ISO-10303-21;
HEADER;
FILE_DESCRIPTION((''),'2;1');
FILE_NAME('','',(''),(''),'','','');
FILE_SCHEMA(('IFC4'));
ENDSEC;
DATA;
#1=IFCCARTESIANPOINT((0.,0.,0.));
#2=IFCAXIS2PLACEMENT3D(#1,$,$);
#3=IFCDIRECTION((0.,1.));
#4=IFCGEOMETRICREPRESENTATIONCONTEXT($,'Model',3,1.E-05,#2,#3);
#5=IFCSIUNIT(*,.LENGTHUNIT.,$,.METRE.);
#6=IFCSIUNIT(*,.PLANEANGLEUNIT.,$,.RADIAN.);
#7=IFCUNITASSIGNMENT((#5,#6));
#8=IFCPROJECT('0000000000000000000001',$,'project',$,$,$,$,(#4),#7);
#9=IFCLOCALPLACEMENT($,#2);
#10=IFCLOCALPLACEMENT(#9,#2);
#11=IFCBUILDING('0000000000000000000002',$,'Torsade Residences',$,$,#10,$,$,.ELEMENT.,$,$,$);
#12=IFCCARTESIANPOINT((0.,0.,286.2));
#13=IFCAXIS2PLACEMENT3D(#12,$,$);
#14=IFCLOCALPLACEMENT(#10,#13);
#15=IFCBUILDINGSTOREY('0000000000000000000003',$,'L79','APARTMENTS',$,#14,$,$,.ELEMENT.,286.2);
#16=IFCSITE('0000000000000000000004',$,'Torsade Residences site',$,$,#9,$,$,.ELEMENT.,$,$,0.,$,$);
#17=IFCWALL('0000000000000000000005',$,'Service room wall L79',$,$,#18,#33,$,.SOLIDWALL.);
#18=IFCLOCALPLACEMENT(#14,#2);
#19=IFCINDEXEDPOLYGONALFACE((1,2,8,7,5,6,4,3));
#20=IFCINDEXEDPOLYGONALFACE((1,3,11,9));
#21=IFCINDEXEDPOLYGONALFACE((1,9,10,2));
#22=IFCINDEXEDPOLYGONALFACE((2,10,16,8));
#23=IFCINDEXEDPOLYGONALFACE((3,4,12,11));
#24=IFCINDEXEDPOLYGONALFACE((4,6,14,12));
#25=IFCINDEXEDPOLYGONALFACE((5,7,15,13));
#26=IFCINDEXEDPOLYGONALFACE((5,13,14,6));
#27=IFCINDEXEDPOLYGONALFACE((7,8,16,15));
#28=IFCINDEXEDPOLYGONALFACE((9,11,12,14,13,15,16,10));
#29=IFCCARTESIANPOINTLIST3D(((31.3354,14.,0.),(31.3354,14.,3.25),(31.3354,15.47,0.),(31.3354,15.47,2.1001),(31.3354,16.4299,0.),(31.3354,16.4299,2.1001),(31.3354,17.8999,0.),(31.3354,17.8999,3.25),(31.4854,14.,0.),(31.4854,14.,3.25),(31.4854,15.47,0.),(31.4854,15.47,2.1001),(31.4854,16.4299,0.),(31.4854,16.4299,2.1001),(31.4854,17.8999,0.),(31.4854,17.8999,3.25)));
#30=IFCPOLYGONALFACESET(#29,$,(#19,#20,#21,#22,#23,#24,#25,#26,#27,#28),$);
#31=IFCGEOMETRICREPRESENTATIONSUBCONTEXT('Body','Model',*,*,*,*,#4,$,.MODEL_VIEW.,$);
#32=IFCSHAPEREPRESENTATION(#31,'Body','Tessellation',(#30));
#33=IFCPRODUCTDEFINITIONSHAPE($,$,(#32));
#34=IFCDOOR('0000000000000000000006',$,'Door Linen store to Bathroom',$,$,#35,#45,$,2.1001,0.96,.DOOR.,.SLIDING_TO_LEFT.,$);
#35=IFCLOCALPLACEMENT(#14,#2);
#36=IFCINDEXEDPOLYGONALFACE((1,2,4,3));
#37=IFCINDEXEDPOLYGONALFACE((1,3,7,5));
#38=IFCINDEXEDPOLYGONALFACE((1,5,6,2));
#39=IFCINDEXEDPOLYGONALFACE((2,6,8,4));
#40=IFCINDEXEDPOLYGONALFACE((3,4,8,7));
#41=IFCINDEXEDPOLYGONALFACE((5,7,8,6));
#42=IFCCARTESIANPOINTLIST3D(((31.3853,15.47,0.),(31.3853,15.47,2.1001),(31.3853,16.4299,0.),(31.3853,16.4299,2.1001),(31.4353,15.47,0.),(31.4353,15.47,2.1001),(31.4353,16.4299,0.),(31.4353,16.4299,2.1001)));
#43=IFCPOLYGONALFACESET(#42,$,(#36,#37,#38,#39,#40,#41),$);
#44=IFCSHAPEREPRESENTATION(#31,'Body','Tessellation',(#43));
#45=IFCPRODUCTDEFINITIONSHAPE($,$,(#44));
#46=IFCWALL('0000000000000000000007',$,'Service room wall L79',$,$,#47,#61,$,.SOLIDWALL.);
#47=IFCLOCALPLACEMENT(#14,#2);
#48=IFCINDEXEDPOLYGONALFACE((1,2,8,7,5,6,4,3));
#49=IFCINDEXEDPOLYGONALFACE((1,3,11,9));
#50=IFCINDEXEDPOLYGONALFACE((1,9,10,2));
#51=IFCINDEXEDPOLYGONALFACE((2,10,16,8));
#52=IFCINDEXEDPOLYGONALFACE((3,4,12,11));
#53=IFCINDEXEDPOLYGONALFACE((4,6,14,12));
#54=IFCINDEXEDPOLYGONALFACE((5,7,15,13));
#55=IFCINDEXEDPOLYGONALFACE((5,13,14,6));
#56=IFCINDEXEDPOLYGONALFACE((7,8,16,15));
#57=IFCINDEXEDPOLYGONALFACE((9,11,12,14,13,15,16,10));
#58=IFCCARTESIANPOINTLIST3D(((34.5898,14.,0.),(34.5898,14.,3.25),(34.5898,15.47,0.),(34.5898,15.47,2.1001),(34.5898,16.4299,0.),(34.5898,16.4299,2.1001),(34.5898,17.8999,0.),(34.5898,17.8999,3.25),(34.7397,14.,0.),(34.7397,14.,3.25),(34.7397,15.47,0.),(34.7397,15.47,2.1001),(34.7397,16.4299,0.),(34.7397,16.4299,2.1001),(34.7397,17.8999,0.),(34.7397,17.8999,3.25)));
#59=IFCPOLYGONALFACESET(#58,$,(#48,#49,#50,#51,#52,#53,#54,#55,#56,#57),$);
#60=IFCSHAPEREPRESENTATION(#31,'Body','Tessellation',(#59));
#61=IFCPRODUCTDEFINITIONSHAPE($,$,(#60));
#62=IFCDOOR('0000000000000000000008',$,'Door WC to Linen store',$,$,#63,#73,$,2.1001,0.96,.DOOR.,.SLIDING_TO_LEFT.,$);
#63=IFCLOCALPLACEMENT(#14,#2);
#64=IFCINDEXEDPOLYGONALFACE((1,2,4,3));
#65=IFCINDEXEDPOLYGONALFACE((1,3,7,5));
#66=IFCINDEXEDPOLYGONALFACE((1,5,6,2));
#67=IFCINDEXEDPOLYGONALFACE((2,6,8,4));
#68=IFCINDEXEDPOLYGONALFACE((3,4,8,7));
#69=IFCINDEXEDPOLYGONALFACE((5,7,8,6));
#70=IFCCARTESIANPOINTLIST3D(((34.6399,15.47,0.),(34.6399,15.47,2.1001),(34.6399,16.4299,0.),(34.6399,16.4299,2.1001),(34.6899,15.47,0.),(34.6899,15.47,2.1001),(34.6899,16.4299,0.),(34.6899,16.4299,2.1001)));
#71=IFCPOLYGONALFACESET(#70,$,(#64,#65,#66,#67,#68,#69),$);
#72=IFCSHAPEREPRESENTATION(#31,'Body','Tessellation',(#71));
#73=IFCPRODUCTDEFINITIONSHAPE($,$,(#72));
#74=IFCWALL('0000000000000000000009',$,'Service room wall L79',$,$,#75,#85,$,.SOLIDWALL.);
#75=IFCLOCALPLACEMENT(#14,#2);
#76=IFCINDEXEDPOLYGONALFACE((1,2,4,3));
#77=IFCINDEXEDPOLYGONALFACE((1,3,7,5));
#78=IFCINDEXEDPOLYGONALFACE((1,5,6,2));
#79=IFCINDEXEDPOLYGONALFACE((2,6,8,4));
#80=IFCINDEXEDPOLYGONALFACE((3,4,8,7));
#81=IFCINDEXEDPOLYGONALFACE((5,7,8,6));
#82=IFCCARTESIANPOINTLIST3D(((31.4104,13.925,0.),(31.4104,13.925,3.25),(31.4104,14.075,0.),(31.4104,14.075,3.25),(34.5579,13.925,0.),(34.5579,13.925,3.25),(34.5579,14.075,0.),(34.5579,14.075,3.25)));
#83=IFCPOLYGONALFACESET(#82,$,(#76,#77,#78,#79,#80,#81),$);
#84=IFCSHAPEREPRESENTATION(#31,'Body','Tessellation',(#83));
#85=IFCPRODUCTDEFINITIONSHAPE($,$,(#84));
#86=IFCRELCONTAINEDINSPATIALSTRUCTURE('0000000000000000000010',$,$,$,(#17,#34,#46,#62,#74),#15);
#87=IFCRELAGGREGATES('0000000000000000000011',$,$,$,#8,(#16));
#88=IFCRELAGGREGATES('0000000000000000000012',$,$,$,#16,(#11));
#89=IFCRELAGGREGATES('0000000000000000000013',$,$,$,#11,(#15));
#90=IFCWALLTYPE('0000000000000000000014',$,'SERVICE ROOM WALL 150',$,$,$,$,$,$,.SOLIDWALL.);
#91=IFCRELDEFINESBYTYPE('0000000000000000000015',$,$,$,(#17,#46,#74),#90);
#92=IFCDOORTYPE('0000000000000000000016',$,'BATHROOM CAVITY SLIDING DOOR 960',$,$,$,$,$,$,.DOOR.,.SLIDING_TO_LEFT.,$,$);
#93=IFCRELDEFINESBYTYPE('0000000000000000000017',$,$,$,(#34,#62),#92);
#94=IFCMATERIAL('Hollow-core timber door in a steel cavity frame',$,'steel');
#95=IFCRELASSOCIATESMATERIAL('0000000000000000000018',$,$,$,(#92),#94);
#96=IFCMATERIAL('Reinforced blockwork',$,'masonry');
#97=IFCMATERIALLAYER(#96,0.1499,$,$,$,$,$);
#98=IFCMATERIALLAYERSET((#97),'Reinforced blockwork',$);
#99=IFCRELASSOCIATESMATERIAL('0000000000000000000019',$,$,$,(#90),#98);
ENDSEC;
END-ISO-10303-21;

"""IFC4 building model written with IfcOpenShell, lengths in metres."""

from ifc_helpers import new_model, si_unit, direction, frame, frame_2d, origin, place, context, subcontext, project, spatial, rectangle, extrude, material, layer, layer_set, type_object, element, fill, save


model = new_model("IFC4")

# Units and contexts
model_context = context("Model", 3, precision=1e-05, world=origin(), true_north=direction((0.0, 1.0)))
body_context = subcontext(model_context, "Body", "Model", "MODEL_VIEW")
ifc_project = project(units=[si_unit("LENGTHUNIT", "METRE"), si_unit("PLANEANGLEUNIT", "RADIAN")], contexts=[model_context])

# Site, building, storey
site_placement = place(None, origin())
site = spatial("IfcSite", under=ifc_project, at=site_placement, Name="Torsade Residences site", CompositionType="ELEMENT", RefElevation=0.0)
building_placement = place(site_placement, origin())
building = spatial("IfcBuilding", under=site, at=building_placement, Name="Torsade Residences", CompositionType="ELEMENT")
storey_placement = place(building_placement, frame((0.0, 0.0, 286.2)))
storey = spatial("IfcBuildingStorey", under=building, at=storey_placement, Name="L79", Description="APARTMENTS", CompositionType="ELEMENT", Elevation=286.2)

# Shared definitions
ifc_material_1 = material(Name="Hollow-core timber door in a steel cavity frame", Category="steel")
door_type_1 = type_object("IfcDoorType", Name="BATHROOM CAVITY SLIDING DOOR 960", OperationType="SLIDING_TO_LEFT", PredefinedType="DOOR", material=ifc_material_1)

# Shared definitions
ifc_material_2 = material(Name="Reinforced blockwork", Category="masonry")
ifc_layer_1 = layer(ifc_material_2, 0.1499)
ifc_layer_set_1 = layer_set([ifc_layer_1], Name="Reinforced blockwork")
wall_type_1 = type_object("IfcWallType", Name="SERVICE ROOM WALL 150", PredefinedType="SOLIDWALL", material=ifc_layer_set_1)

# Walls, openings, doors
wall_1_placement = place(storey_placement, frame((31.4104, 17.8999, 0.0), z_axis=(0.0, 0.0, 1.0), x_axis=(0.0, -1.0, 0.0)))
wall_1 = element("IfcWall", 1, at=wall_1_placement, inside=storey, type_object=wall_type_1, Name="Service room wall L79", PredefinedType="SOLIDWALL", context=body_context, shape_type="SweptSolid", body=[
    extrude(rectangle(XDim=3.8999, YDim=0.1499, at=frame_2d((1.95, 0.0))), origin(), (0.0, 0.0, 1.0), 3.25),
])
opening_1_placement = place(wall_1_placement, frame((1.47, 0.0, 0.0)))
opening_1 = element("IfcOpeningElement", 2, at=opening_1_placement, cuts=wall_1, PredefinedType="OPENING", context=body_context, shape_type="SweptSolid", body=[
    extrude(rectangle(XDim=0.96, YDim=2.1001, at=frame_2d((0.48, 1.05))), frame((0.0, 0.085, 0.0), z_axis=(0.0, -1.0, 0.0), x_axis=(1.0, 0.0, 0.0)), (0.0, 0.0, 1.0), 0.1699),
])
door_1_placement = place(opening_1_placement, origin())
door_1 = element("IfcDoor", 3, at=door_1_placement, inside=storey, type_object=door_type_1, Name="Door Linen store to Bathroom", OperationType="SLIDING_TO_LEFT", OverallHeight=2.1001, OverallWidth=0.96, PredefinedType="DOOR", context=body_context, shape_type="SweptSolid", body=[
    extrude(rectangle(XDim=0.96, YDim=2.1001, at=frame_2d((0.48, 1.05))), frame((0.0, 0.0249, 0.0), z_axis=(0.0, -1.0, 0.0), x_axis=(1.0, 0.0, 0.0)), (0.0, 0.0, 1.0), 0.05),
])
fill(opening_1, door_1)
wall_2_placement = place(storey_placement, frame((34.6648, 14.0, 0.0), z_axis=(0.0, 0.0, 1.0), x_axis=(0.0, 1.0, 0.0)))
wall_2 = element("IfcWall", 4, at=wall_2_placement, inside=storey, type_object=wall_type_1, Name="Service room wall L79", PredefinedType="SOLIDWALL", context=body_context, shape_type="SweptSolid", body=[
    extrude(rectangle(XDim=3.8999, YDim=0.1499, at=frame_2d((1.95, 0.0))), origin(), (0.0, 0.0, 1.0), 3.25),
])
opening_2_placement = place(wall_2_placement, frame((1.47, 0.0, 0.0)))
opening_2 = element("IfcOpeningElement", 5, at=opening_2_placement, cuts=wall_2, PredefinedType="OPENING", context=body_context, shape_type="SweptSolid", body=[
    extrude(rectangle(XDim=0.96, YDim=2.1001, at=frame_2d((0.48, 1.05))), frame((0.0, 0.085, 0.0), z_axis=(0.0, -1.0, 0.0), x_axis=(1.0, 0.0, 0.0)), (0.0, 0.0, 1.0), 0.1699),
])
door_2_placement = place(opening_2_placement, origin())
door_2 = element("IfcDoor", 6, at=door_2_placement, inside=storey, type_object=door_type_1, Name="Door WC to Linen store", OperationType="SLIDING_TO_LEFT", OverallHeight=2.1001, OverallWidth=0.96, PredefinedType="DOOR", context=body_context, shape_type="SweptSolid", body=[
    extrude(rectangle(XDim=0.96, YDim=2.1001, at=frame_2d((0.48, 1.05))), frame((0.0, 0.0249, 0.0), z_axis=(0.0, -1.0, 0.0), x_axis=(1.0, 0.0, 0.0)), (0.0, 0.0, 1.0), 0.05),
])
fill(opening_2, door_2)

# Wall
wall_3_placement = place(storey_placement, frame((34.5579, 14.0, 0.0), z_axis=(0.0, 0.0, 1.0), x_axis=(-1.0, 0.0, 0.0)))
element("IfcWall", 7, at=wall_3_placement, inside=storey, type_object=wall_type_1, Name="Service room wall L79", PredefinedType="SOLIDWALL", context=body_context, shape_type="SweptSolid", body=[
    extrude(rectangle(XDim=3.1475, YDim=0.1499, at=frame_2d((1.5737, 0.0))), origin(), (0.0, 0.0, 1.0), 3.25),
])

save(model, "model.ifc")
